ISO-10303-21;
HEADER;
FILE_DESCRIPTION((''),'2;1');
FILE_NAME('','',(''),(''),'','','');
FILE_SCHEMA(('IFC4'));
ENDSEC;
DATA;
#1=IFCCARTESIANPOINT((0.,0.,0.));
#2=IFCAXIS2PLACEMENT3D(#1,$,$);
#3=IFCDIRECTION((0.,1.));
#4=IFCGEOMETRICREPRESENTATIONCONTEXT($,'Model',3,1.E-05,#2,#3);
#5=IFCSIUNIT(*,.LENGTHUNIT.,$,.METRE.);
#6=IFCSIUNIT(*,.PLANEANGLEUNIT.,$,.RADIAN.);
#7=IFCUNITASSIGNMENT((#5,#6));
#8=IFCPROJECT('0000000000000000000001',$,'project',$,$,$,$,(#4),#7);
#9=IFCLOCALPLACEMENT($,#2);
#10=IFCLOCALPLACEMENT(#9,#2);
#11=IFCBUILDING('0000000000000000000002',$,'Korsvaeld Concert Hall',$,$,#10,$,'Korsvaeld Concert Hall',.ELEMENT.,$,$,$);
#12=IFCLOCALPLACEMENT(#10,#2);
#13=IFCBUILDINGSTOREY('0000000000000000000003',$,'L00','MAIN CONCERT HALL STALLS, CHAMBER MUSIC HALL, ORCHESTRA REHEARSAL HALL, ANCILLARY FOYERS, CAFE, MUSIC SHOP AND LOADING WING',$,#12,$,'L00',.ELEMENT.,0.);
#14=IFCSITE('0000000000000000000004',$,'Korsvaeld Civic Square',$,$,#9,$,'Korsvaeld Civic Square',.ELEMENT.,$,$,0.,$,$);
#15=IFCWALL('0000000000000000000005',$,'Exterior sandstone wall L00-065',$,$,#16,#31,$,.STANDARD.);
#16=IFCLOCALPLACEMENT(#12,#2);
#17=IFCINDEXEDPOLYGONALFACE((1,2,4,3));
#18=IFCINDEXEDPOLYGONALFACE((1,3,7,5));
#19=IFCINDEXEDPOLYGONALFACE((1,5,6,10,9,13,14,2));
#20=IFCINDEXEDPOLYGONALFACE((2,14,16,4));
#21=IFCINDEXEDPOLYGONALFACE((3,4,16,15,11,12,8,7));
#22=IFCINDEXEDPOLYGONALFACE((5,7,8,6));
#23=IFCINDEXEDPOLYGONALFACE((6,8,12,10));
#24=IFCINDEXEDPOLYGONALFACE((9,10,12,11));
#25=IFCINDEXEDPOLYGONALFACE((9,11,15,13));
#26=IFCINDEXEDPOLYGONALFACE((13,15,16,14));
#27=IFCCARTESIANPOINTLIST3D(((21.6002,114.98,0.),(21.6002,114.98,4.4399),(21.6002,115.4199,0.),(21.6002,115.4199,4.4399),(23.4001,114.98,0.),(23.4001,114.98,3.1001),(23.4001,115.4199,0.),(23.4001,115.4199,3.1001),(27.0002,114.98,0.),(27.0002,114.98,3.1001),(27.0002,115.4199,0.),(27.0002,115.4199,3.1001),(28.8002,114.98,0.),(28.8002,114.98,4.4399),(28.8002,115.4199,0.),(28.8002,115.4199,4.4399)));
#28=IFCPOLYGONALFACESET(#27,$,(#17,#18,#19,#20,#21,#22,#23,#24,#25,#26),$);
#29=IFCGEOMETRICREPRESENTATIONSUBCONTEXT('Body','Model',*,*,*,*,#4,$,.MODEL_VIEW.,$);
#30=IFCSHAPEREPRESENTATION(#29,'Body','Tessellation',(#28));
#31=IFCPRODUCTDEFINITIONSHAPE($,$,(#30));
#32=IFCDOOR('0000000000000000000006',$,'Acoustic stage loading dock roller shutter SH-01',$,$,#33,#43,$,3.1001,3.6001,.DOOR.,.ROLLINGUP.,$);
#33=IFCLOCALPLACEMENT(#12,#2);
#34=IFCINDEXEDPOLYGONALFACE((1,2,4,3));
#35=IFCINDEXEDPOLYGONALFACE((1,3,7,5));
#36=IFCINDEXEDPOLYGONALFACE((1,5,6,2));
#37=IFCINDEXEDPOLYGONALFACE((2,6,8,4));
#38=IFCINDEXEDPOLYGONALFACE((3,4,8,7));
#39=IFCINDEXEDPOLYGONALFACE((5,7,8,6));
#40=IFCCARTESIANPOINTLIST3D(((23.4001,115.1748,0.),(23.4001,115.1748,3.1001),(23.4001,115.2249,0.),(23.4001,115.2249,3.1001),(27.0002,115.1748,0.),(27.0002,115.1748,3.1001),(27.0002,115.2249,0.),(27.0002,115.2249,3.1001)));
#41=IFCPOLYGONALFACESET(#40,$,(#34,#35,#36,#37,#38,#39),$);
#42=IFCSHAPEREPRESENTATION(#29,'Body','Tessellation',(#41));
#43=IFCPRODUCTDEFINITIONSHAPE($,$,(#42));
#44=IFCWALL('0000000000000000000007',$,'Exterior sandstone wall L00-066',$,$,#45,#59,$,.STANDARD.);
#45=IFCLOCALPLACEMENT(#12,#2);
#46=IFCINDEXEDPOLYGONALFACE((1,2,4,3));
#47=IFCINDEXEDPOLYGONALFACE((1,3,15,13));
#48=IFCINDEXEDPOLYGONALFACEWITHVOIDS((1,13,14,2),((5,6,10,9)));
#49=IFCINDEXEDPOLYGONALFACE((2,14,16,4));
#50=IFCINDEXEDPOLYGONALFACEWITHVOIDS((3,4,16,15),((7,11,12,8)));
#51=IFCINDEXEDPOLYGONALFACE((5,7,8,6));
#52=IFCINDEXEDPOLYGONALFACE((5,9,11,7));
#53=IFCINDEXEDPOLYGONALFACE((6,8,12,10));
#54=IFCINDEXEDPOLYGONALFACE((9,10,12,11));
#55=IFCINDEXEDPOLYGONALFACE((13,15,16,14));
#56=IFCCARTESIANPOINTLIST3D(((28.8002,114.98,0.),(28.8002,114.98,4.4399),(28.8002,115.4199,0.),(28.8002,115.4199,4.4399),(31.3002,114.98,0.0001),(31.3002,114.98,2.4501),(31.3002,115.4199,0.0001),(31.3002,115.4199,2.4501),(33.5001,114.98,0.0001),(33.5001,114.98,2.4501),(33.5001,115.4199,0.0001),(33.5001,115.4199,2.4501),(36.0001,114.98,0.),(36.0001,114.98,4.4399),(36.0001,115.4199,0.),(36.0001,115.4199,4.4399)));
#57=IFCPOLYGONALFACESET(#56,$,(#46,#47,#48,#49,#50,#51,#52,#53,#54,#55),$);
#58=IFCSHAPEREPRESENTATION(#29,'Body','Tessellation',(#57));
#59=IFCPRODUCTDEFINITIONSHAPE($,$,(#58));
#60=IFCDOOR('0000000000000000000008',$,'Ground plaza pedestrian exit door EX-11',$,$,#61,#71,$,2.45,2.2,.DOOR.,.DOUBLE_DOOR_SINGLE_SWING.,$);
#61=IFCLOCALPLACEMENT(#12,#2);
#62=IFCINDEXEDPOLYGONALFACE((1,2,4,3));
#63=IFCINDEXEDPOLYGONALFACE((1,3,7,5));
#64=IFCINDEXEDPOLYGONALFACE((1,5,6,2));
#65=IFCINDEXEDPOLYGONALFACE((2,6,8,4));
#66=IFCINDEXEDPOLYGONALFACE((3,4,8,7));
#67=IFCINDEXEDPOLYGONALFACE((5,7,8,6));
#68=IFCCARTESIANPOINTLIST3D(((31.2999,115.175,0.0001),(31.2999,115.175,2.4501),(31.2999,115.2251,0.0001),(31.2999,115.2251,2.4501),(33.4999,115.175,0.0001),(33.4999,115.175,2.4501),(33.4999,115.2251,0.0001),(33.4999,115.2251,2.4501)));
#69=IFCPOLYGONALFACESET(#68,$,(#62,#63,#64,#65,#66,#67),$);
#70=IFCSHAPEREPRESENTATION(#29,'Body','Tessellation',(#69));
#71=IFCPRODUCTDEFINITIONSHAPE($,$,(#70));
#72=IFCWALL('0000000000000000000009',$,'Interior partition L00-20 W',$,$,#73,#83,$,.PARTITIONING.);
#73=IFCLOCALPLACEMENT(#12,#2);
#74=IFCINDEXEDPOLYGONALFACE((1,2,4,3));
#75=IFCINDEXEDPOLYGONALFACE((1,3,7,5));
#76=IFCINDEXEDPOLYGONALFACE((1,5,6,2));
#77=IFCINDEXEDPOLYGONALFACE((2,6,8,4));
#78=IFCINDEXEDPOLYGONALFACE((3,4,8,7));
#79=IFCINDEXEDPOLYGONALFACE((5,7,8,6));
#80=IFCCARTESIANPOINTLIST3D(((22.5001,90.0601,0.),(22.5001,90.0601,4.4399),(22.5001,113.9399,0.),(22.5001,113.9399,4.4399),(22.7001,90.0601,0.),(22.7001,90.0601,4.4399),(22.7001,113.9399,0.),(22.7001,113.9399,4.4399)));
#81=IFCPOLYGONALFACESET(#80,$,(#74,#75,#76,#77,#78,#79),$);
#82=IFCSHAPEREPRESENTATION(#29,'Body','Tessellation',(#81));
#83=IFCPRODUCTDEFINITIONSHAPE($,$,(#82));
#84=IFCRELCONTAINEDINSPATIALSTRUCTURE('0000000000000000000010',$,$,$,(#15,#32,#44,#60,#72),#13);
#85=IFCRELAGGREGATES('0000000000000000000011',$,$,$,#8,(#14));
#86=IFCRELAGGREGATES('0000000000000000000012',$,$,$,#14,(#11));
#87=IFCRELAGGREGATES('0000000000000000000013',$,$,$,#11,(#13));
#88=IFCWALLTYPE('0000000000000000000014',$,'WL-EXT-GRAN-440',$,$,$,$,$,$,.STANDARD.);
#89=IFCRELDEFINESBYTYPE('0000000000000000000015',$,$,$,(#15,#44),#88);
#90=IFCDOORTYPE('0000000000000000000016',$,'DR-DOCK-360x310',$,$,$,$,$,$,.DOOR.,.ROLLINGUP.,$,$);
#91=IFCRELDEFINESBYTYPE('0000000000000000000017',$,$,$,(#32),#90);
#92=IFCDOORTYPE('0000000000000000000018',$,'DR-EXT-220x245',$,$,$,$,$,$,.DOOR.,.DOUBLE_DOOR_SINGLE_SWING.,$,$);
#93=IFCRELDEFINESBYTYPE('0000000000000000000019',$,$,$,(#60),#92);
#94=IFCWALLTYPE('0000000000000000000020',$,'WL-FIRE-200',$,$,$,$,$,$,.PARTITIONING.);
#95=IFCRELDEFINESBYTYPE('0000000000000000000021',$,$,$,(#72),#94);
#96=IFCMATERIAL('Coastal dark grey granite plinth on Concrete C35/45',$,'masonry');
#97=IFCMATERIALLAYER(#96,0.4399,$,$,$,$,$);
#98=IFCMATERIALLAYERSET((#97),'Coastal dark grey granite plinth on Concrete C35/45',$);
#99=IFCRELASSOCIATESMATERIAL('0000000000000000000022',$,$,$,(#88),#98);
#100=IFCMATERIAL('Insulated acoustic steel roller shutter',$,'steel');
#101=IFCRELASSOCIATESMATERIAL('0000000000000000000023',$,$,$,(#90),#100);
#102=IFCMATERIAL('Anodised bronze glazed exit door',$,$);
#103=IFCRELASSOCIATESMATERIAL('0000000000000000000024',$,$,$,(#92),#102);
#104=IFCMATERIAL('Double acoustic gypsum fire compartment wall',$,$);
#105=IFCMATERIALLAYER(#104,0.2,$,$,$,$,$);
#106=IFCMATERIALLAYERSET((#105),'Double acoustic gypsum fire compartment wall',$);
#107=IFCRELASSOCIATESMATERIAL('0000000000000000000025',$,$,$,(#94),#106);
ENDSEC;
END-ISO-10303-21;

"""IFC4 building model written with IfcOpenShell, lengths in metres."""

from ifc_helpers import new_model, si_unit, direction, frame, frame_2d, origin, place, context, subcontext, project, spatial, rectangle, extrude, material, layer, layer_set, type_object, element, fill, save


model = new_model("IFC4")

# Units and contexts
model_context = context("Model", 3, precision=1e-05, world=origin(), true_north=direction((0.0, 1.0)))
body_context = subcontext(model_context, "Body", "Model", "MODEL_VIEW")
ifc_project = project(units=[si_unit("LENGTHUNIT", "METRE"), si_unit("PLANEANGLEUNIT", "RADIAN")], contexts=[model_context])

# Site, building, storey
site_placement = place(None, origin())
site = spatial("IfcSite", under=ifc_project, at=site_placement, Name="Korsvaeld Civic Square", LongName="Korsvaeld Civic Square", CompositionType="ELEMENT", RefElevation=0.0)
building_placement = place(site_placement, origin())
building = spatial("IfcBuilding", under=site, at=building_placement, Name="Korsvaeld Concert Hall", LongName="Korsvaeld Concert Hall", CompositionType="ELEMENT")
storey_placement = place(building_placement, origin())
storey = spatial("IfcBuildingStorey", under=building, at=storey_placement, Name="L00", Description="MAIN CONCERT HALL STALLS, CHAMBER MUSIC HALL, ORCHESTRA REHEARSAL HALL, ANCILLARY FOYERS, CAFE, MUSIC SHOP AND LOADING WING", LongName="L00", CompositionType="ELEMENT", Elevation=0.0)

# Walls, openings, doors
ifc_material_1 = material(Name="Coastal dark grey granite plinth on Concrete C35/45", Category="masonry")
ifc_layer_1 = layer(ifc_material_1, 0.4399)
ifc_layer_set_1 = layer_set([ifc_layer_1], Name="Coastal dark grey granite plinth on Concrete C35/45")
wall_type_1 = type_object("IfcWallType", Name="WL-EXT-GRAN-440", PredefinedType="STANDARD", material=ifc_layer_set_1)
ifc_material_2 = material(Name="Anodised bronze glazed exit door")
wall_1_placement = place(storey_placement, frame((21.6001, 115.2, 0.0), z_axis=(0.0, 0.0, 1.0), x_axis=(1.0, 0.0, 0.0)))
wall_1 = element("IfcWall", 1, at=wall_1_placement, inside=storey, type_object=wall_type_1, Name="Exterior sandstone wall L00-065", PredefinedType="STANDARD", context=body_context, shape_type="SweptSolid", body=[
    extrude(rectangle(XDim=7.2, YDim=0.4399, at=frame_2d((3.6001, 0.0))), origin(), (0.0, 0.0, 1.0), 4.4399),
])
opening_1_placement = place(wall_1_placement, frame((1.8, 0.0, 0.0)))
opening_1 = element("IfcOpeningElement", 2, at=opening_1_placement, cuts=wall_1, PredefinedType="OPENING", context=body_context, shape_type="SweptSolid", body=[
    extrude(rectangle(XDim=3.6001, YDim=3.1001, at=frame_2d((1.8, 1.55))), frame((0.0, 0.23, 0.0), z_axis=(0.0, -1.0, 0.0), x_axis=(1.0, 0.0, 0.0)), (0.0, 0.0, 1.0), 0.46),
])
ifc_material_3 = material(Name="Insulated acoustic steel roller shutter", Category="steel")
door_type_1 = type_object("IfcDoorType", Name="DR-DOCK-360x310", OperationType="ROLLINGUP", PredefinedType="DOOR", material=ifc_material_3)
door_1_placement = place(opening_1_placement, origin())
door_1 = element("IfcDoor", 3, at=door_1_placement, inside=storey, type_object=door_type_1, Name="Acoustic stage loading dock roller shutter SH-01", OperationType="ROLLINGUP", OverallHeight=3.1001, OverallWidth=3.6001, PredefinedType="DOOR", context=body_context, shape_type="SweptSolid", body=[
    extrude(rectangle(XDim=3.6001, YDim=3.1001, at=frame_2d((1.8, 1.55))), frame((0.0, 0.0249, 0.0), z_axis=(0.0, -1.0, 0.0), x_axis=(1.0, 0.0, 0.0)), (0.0, 0.0, 1.0), 0.05),
])
fill(opening_1, door_1)
wall_2_placement = place(storey_placement, frame((28.8, 115.2, 0.0), z_axis=(0.0, 0.0, 1.0), x_axis=(1.0, 0.0, 0.0)))
wall_2 = element("IfcWall", 4, at=wall_2_placement, inside=storey, type_object=wall_type_1, Name="Exterior sandstone wall L00-066", PredefinedType="STANDARD", context=body_context, shape_type="SweptSolid", body=[
    extrude(rectangle(XDim=7.2, YDim=0.4399, at=frame_2d((3.6001, 0.0))), origin(), (0.0, 0.0, 1.0), 4.4399),
])
opening_2_placement = place(wall_2_placement, frame((2.5, 0.0, 0.0)))
opening_2 = element("IfcOpeningElement", 5, at=opening_2_placement, cuts=wall_2, PredefinedType="OPENING", context=body_context, shape_type="SweptSolid", body=[
    extrude(rectangle(XDim=2.2, YDim=2.45, at=frame_2d((1.1001, 1.2251))), frame((0.0, 0.23, 0.0), z_axis=(0.0, -1.0, 0.0), x_axis=(1.0, 0.0, 0.0)), (0.0, 0.0, 1.0), 0.46),
])
door_type_2 = type_object("IfcDoorType", Name="DR-EXT-220x245", OperationType="DOUBLE_DOOR_SINGLE_SWING", PredefinedType="DOOR", material=ifc_material_2)
door_2_placement = place(opening_2_placement, frame((2.2, 0.0, 0.0), z_axis=(0.0, 0.0, 1.0), x_axis=(-1.0, 0.0, 0.0)))
door_2 = element("IfcDoor", 6, at=door_2_placement, inside=storey, type_object=door_type_2, Name="Ground plaza pedestrian exit door EX-11", OperationType="DOUBLE_DOOR_SINGLE_SWING", OverallHeight=2.45, OverallWidth=2.2, PredefinedType="DOOR", context=body_context, shape_type="SweptSolid", body=[
    extrude(rectangle(XDim=2.2, YDim=2.45, at=frame_2d((1.1001, 1.2251))), frame((0.0, 0.0249, 0.0), z_axis=(0.0, -1.0, 0.0), x_axis=(1.0, 0.0, 0.0)), (0.0, 0.0, 1.0), 0.05),
])
fill(opening_2, door_2)

# Wall
ifc_material_4 = material(Name="Double acoustic gypsum fire compartment wall")
ifc_layer_2 = layer(ifc_material_4, 0.2)
ifc_layer_set_2 = layer_set([ifc_layer_2], Name="Double acoustic gypsum fire compartment wall")
wall_type_2 = type_object("IfcWallType", Name="WL-FIRE-200", PredefinedType="PARTITIONING", material=ifc_layer_set_2)
wall_3_placement = place(storey_placement, frame((22.6001, 113.9399, 0.0), z_axis=(0.0, 0.0, 1.0), x_axis=(0.0, -1.0, 0.0)))
element("IfcWall", 7, at=wall_3_placement, inside=storey, type_object=wall_type_2, Name="Interior partition L00-20 W", PredefinedType="PARTITIONING", context=body_context, shape_type="SweptSolid", body=[
    extrude(rectangle(XDim=23.8799, YDim=0.2, at=frame_2d((11.9399, 0.0))), origin(), (0.0, 0.0, 1.0), 4.4399),
])

save(model, "model.ifc")
